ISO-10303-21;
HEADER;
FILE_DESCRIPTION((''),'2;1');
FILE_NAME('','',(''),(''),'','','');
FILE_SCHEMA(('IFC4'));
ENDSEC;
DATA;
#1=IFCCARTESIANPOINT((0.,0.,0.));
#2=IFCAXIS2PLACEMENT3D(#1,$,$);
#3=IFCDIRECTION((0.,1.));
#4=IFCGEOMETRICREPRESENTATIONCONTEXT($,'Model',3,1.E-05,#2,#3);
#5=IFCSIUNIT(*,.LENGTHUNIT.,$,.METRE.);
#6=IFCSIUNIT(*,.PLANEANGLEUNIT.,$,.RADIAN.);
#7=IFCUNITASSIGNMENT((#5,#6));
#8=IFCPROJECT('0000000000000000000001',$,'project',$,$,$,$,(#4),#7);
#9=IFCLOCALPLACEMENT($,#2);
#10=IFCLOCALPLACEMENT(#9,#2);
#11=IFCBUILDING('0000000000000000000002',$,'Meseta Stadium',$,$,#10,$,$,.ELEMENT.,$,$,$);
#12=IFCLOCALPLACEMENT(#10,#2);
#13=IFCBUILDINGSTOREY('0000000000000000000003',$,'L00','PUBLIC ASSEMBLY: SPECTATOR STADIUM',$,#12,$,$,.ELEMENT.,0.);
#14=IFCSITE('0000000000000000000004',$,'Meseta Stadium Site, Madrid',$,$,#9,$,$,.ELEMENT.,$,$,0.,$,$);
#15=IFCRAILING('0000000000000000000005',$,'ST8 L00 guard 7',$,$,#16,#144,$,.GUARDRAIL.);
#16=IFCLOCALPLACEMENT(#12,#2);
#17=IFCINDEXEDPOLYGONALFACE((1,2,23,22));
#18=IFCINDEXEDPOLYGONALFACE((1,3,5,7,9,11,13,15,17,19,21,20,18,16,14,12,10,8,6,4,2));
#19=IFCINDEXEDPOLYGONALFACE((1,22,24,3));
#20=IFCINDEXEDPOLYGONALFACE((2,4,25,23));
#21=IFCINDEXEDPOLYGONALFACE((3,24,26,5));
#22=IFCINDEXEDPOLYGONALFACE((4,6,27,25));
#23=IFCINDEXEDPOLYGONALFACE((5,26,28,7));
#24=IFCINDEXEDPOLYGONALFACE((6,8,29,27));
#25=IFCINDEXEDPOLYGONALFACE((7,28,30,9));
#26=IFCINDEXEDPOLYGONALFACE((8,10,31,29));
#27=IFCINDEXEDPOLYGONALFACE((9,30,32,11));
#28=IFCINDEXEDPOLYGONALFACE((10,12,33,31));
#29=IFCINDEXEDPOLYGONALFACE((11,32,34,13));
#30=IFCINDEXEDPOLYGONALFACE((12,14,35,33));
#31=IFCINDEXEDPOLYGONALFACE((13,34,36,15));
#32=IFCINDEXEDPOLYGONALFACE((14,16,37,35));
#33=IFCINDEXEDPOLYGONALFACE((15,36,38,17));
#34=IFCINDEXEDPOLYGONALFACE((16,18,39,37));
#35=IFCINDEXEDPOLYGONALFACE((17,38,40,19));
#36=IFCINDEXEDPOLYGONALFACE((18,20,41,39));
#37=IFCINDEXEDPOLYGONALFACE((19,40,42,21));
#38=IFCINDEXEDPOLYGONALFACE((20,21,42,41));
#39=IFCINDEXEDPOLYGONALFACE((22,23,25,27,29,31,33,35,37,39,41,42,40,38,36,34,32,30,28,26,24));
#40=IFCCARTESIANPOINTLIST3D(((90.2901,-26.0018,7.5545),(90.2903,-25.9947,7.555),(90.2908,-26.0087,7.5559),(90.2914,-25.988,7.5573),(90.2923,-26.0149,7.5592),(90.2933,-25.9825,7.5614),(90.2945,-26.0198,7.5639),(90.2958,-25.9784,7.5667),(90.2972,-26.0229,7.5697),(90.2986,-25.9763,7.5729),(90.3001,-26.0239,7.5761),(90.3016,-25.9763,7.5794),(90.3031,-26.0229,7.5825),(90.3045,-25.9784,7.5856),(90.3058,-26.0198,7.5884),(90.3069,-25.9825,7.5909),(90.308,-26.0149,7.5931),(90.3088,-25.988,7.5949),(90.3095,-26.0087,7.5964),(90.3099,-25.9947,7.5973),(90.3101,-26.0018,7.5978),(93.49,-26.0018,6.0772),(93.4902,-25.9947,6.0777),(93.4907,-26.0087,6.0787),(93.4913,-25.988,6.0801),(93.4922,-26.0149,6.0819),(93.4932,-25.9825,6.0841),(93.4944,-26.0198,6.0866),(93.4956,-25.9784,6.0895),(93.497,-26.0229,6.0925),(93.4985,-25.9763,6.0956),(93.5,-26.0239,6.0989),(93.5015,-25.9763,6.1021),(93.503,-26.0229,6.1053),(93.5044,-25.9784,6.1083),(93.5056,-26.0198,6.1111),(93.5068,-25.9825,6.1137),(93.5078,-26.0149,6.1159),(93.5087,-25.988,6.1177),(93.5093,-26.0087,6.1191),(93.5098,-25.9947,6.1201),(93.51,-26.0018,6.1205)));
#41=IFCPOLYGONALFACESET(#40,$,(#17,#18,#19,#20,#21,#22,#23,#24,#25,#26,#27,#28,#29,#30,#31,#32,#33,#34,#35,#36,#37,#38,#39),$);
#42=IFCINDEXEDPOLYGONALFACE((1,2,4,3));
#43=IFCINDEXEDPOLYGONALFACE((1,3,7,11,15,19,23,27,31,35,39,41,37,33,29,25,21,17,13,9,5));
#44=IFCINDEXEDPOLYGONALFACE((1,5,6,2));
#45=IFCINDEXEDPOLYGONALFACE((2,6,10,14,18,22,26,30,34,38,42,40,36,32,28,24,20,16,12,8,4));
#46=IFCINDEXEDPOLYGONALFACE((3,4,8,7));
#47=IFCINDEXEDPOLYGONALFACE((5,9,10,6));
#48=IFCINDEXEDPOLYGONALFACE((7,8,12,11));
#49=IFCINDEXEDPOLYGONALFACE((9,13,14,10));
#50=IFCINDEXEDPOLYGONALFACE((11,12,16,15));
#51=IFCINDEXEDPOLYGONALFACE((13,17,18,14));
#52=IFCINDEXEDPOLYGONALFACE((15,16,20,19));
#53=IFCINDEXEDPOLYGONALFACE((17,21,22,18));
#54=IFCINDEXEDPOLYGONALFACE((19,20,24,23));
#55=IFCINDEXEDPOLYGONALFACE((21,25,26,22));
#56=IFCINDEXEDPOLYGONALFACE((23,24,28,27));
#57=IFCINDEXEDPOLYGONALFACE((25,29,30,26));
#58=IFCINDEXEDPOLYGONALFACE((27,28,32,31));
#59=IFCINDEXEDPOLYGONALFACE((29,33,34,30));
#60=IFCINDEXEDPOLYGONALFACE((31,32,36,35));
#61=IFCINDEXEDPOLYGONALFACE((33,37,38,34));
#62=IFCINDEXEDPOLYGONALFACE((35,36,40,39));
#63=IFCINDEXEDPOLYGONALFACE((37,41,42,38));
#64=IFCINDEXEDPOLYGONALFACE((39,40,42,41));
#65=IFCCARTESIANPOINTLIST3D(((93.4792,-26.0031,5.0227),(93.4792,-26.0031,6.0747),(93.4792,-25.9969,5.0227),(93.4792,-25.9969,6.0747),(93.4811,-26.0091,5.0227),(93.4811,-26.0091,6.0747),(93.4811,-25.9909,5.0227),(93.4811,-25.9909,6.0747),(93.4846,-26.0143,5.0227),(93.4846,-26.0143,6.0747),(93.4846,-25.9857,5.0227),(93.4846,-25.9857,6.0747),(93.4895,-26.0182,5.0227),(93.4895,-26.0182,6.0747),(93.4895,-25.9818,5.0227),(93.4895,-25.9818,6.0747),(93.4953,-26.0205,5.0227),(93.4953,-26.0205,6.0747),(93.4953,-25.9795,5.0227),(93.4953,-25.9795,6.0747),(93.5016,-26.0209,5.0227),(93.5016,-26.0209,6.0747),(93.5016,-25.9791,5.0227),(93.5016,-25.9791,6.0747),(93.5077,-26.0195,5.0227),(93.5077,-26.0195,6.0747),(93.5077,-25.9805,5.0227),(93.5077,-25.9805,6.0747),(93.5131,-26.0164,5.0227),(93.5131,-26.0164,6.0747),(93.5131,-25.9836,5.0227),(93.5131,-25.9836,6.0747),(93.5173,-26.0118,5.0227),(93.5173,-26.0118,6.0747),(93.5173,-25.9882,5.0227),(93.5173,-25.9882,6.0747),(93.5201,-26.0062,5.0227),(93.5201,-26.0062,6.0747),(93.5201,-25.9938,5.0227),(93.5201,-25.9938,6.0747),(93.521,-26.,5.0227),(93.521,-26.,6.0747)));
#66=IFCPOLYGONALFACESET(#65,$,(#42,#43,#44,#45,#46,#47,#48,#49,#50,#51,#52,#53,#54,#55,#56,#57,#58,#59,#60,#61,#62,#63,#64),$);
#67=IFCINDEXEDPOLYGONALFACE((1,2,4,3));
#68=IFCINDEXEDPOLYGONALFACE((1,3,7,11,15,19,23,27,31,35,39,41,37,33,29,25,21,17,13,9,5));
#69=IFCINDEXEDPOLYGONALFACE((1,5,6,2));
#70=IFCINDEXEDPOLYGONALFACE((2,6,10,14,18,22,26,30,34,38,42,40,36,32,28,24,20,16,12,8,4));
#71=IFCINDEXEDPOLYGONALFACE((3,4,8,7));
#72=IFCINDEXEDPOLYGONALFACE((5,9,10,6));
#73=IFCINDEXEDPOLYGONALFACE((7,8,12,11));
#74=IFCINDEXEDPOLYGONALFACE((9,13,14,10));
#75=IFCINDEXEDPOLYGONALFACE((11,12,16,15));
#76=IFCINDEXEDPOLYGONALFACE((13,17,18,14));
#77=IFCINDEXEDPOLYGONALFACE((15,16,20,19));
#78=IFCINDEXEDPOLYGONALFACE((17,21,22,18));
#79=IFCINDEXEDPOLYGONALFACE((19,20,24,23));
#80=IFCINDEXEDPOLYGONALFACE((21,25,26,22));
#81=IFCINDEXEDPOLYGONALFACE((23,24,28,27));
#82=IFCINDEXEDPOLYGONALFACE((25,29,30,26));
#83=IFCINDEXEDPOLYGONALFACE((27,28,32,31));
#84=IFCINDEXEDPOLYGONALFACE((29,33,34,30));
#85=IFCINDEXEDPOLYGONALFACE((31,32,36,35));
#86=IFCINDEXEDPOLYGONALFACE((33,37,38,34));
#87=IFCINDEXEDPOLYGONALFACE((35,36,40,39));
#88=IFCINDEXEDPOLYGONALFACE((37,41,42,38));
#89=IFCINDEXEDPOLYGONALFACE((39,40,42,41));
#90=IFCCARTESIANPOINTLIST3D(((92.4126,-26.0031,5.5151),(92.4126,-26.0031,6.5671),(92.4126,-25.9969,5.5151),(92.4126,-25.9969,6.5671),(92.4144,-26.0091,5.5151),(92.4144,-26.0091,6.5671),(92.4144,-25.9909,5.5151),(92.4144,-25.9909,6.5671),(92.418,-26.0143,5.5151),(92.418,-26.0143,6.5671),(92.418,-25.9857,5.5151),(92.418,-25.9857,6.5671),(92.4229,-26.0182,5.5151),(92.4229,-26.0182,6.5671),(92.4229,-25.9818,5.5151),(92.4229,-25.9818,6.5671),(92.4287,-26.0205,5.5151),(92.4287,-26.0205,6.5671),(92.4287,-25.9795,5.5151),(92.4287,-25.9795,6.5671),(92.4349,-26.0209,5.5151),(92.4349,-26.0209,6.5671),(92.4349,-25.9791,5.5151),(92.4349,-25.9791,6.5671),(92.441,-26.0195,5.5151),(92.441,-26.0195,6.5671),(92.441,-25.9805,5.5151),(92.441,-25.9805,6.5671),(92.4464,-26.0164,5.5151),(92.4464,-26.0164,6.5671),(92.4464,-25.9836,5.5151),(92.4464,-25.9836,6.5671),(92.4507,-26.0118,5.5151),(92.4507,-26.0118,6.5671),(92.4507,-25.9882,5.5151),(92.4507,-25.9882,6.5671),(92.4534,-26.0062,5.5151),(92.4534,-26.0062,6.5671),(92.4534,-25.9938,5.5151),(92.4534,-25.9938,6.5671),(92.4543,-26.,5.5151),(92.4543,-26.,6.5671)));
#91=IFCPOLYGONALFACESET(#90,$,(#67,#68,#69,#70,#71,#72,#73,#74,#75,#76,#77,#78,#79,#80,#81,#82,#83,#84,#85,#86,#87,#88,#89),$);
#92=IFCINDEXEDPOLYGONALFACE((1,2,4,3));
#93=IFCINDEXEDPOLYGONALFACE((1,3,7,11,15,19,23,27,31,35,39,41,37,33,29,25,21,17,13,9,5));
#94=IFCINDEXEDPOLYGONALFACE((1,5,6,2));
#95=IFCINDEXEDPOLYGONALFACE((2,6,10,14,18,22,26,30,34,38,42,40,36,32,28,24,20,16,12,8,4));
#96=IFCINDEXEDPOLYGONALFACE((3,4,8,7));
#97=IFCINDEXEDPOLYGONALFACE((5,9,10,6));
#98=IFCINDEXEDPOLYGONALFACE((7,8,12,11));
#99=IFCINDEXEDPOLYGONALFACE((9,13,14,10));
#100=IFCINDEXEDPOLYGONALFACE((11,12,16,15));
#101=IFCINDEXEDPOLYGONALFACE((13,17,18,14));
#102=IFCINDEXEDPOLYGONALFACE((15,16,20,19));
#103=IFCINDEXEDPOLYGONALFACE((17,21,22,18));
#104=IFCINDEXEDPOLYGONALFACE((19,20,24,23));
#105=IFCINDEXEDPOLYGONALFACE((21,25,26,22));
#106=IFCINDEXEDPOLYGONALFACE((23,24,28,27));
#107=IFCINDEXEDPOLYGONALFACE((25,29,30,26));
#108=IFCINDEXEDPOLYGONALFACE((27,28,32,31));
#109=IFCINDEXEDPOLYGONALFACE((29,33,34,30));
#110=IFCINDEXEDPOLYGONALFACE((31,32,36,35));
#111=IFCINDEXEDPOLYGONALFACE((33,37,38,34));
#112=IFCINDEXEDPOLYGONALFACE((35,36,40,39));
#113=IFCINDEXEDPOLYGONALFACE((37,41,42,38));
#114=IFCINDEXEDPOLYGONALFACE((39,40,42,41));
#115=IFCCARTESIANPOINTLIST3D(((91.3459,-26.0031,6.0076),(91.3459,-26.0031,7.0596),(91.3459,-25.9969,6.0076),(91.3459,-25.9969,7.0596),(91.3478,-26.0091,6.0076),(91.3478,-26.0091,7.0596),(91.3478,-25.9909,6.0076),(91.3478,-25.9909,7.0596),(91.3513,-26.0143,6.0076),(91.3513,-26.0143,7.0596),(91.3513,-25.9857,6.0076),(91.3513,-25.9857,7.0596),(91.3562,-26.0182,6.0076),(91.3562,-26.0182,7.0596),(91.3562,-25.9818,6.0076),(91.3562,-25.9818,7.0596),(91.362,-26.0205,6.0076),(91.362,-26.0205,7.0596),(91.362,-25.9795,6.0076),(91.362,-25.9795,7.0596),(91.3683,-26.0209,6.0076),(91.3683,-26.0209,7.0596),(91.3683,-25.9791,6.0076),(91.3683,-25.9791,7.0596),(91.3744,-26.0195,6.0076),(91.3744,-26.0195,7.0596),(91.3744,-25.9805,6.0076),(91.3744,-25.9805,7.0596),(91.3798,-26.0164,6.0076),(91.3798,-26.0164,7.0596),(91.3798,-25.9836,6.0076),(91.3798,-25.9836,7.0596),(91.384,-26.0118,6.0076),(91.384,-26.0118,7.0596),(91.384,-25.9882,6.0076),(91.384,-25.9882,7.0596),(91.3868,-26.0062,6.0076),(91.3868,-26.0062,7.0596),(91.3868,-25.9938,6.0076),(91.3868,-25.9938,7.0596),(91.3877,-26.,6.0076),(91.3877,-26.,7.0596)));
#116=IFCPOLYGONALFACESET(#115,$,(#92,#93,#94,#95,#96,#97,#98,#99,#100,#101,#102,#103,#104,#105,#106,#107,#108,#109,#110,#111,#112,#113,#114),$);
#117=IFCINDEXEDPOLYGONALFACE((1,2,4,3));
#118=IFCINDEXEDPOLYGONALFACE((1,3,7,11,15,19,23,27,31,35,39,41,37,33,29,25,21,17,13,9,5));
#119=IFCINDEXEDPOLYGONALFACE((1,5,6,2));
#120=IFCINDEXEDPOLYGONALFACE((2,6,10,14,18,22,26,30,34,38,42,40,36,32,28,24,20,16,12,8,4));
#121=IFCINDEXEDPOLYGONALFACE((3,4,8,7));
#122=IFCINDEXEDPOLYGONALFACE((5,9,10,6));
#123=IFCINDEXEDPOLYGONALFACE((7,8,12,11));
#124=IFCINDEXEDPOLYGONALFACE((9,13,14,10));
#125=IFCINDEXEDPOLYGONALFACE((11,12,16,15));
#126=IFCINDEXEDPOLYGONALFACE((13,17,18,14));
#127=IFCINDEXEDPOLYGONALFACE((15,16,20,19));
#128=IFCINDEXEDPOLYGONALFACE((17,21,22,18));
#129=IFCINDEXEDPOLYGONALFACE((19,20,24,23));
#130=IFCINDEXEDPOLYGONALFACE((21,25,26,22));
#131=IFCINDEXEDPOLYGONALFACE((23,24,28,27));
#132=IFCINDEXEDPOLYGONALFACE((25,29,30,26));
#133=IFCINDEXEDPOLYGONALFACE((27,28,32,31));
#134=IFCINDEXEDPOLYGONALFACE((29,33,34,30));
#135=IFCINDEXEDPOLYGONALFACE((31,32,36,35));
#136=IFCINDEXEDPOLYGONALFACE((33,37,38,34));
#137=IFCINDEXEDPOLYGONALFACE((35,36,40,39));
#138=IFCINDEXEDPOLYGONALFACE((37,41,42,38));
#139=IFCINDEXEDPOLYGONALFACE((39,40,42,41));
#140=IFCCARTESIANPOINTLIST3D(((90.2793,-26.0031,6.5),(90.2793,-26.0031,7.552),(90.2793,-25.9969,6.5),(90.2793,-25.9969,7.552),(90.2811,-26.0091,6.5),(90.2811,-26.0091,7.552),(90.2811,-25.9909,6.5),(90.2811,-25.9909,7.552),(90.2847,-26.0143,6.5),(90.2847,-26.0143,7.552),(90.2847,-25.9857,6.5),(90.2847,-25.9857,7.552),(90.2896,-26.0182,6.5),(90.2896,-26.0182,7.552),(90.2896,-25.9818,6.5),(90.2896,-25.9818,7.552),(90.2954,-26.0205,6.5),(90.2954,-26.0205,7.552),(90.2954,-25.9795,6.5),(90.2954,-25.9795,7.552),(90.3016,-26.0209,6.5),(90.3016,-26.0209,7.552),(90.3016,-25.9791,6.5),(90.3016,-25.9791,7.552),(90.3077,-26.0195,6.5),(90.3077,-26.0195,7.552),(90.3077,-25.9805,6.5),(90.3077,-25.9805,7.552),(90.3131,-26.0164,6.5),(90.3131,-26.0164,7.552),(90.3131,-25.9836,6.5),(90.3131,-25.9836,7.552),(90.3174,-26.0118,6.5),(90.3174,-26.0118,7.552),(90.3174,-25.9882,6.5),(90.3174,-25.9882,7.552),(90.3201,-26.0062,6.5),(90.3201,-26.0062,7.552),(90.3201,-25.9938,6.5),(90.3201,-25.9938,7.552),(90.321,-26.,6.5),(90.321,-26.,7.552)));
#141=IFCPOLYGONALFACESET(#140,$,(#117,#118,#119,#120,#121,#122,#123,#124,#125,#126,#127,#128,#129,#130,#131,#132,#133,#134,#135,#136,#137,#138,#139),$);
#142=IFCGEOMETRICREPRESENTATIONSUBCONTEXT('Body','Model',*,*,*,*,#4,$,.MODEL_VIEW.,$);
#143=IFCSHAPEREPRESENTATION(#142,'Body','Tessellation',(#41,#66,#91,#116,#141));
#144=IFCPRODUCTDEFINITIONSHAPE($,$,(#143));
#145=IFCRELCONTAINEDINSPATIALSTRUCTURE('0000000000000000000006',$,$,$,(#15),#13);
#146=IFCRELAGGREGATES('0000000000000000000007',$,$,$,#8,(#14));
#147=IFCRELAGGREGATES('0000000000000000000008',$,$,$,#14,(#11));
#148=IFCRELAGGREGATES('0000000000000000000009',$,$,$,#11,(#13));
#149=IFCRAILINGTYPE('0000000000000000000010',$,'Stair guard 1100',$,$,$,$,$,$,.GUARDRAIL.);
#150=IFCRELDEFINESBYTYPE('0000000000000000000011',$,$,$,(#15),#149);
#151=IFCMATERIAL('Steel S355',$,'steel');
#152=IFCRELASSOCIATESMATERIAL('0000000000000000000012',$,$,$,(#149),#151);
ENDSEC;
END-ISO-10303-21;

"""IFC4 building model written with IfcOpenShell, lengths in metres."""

from ifc_helpers import new_model, si_unit, direction, frame, origin, origin_2d, place, context, subcontext, project, spatial, circle, extrude, material, type_object, element, save


model = new_model("IFC4")

# Units and contexts
model_context = context("Model", 3, precision=1e-05, world=origin(), true_north=direction((0.0, 1.0)))
body_context = subcontext(model_context, "Body", "Model", "MODEL_VIEW")
ifc_project = project(units=[si_unit("LENGTHUNIT", "METRE"), si_unit("PLANEANGLEUNIT", "RADIAN")], contexts=[model_context])

# Site, building, storey
site_placement = place(None, origin())
site = spatial("IfcSite", under=ifc_project, at=site_placement, Name="Meseta Stadium Site, Madrid", CompositionType="ELEMENT", RefElevation=0.0)
building_placement = place(site_placement, origin())
building = spatial("IfcBuilding", under=site, at=building_placement, Name="Meseta Stadium", CompositionType="ELEMENT")
storey_placement = place(building_placement, origin())
storey = spatial("IfcBuildingStorey", under=building, at=storey_placement, Name="L00", Description="PUBLIC ASSEMBLY: SPECTATOR STADIUM", CompositionType="ELEMENT", Elevation=0.0)

# Railing
ifc_material_1 = material(Name="Steel S355", Category="steel")
railing_type_1 = type_object("IfcRailingType", Name="Stair guard 1100", PredefinedType="GUARDRAIL", material=ifc_material_1)
railing_1_placement = place(storey_placement, frame((93.5, -26.0, 5.0227)))
element("IfcRailing", 1, at=railing_1_placement, inside=storey, type_object=railing_type_1, Name="ST8 L00 guard 7", PredefinedType="GUARDRAIL", context=body_context, shape_type="SweptSolid", body=[
    extrude(circle(Radius=0.0239, at=origin_2d()), frame((0.0, 0.0, 1.0762), z_axis=(-0.907917, 0.0, 0.41915), x_axis=(0.0, -1.0, 0.0)), (0.0, 0.0, 1.0), 3.5244),
    extrude(circle(Radius=0.021, at=origin_2d()), origin(), (0.0, 0.0, 1.0), 1.052),
    extrude(circle(Radius=0.021, at=origin_2d()), frame((-1.0667, 0.0, 0.4924)), (0.0, 0.0, 1.0), 1.052),
    extrude(circle(Radius=0.021, at=origin_2d()), frame((-2.1333, 0.0, 0.9849)), (0.0, 0.0, 1.0), 1.052),
    extrude(circle(Radius=0.021, at=origin_2d()), frame((-3.2, 0.0, 1.4773)), (0.0, 0.0, 1.0), 1.052),
])

save(model, "model.ifc")
